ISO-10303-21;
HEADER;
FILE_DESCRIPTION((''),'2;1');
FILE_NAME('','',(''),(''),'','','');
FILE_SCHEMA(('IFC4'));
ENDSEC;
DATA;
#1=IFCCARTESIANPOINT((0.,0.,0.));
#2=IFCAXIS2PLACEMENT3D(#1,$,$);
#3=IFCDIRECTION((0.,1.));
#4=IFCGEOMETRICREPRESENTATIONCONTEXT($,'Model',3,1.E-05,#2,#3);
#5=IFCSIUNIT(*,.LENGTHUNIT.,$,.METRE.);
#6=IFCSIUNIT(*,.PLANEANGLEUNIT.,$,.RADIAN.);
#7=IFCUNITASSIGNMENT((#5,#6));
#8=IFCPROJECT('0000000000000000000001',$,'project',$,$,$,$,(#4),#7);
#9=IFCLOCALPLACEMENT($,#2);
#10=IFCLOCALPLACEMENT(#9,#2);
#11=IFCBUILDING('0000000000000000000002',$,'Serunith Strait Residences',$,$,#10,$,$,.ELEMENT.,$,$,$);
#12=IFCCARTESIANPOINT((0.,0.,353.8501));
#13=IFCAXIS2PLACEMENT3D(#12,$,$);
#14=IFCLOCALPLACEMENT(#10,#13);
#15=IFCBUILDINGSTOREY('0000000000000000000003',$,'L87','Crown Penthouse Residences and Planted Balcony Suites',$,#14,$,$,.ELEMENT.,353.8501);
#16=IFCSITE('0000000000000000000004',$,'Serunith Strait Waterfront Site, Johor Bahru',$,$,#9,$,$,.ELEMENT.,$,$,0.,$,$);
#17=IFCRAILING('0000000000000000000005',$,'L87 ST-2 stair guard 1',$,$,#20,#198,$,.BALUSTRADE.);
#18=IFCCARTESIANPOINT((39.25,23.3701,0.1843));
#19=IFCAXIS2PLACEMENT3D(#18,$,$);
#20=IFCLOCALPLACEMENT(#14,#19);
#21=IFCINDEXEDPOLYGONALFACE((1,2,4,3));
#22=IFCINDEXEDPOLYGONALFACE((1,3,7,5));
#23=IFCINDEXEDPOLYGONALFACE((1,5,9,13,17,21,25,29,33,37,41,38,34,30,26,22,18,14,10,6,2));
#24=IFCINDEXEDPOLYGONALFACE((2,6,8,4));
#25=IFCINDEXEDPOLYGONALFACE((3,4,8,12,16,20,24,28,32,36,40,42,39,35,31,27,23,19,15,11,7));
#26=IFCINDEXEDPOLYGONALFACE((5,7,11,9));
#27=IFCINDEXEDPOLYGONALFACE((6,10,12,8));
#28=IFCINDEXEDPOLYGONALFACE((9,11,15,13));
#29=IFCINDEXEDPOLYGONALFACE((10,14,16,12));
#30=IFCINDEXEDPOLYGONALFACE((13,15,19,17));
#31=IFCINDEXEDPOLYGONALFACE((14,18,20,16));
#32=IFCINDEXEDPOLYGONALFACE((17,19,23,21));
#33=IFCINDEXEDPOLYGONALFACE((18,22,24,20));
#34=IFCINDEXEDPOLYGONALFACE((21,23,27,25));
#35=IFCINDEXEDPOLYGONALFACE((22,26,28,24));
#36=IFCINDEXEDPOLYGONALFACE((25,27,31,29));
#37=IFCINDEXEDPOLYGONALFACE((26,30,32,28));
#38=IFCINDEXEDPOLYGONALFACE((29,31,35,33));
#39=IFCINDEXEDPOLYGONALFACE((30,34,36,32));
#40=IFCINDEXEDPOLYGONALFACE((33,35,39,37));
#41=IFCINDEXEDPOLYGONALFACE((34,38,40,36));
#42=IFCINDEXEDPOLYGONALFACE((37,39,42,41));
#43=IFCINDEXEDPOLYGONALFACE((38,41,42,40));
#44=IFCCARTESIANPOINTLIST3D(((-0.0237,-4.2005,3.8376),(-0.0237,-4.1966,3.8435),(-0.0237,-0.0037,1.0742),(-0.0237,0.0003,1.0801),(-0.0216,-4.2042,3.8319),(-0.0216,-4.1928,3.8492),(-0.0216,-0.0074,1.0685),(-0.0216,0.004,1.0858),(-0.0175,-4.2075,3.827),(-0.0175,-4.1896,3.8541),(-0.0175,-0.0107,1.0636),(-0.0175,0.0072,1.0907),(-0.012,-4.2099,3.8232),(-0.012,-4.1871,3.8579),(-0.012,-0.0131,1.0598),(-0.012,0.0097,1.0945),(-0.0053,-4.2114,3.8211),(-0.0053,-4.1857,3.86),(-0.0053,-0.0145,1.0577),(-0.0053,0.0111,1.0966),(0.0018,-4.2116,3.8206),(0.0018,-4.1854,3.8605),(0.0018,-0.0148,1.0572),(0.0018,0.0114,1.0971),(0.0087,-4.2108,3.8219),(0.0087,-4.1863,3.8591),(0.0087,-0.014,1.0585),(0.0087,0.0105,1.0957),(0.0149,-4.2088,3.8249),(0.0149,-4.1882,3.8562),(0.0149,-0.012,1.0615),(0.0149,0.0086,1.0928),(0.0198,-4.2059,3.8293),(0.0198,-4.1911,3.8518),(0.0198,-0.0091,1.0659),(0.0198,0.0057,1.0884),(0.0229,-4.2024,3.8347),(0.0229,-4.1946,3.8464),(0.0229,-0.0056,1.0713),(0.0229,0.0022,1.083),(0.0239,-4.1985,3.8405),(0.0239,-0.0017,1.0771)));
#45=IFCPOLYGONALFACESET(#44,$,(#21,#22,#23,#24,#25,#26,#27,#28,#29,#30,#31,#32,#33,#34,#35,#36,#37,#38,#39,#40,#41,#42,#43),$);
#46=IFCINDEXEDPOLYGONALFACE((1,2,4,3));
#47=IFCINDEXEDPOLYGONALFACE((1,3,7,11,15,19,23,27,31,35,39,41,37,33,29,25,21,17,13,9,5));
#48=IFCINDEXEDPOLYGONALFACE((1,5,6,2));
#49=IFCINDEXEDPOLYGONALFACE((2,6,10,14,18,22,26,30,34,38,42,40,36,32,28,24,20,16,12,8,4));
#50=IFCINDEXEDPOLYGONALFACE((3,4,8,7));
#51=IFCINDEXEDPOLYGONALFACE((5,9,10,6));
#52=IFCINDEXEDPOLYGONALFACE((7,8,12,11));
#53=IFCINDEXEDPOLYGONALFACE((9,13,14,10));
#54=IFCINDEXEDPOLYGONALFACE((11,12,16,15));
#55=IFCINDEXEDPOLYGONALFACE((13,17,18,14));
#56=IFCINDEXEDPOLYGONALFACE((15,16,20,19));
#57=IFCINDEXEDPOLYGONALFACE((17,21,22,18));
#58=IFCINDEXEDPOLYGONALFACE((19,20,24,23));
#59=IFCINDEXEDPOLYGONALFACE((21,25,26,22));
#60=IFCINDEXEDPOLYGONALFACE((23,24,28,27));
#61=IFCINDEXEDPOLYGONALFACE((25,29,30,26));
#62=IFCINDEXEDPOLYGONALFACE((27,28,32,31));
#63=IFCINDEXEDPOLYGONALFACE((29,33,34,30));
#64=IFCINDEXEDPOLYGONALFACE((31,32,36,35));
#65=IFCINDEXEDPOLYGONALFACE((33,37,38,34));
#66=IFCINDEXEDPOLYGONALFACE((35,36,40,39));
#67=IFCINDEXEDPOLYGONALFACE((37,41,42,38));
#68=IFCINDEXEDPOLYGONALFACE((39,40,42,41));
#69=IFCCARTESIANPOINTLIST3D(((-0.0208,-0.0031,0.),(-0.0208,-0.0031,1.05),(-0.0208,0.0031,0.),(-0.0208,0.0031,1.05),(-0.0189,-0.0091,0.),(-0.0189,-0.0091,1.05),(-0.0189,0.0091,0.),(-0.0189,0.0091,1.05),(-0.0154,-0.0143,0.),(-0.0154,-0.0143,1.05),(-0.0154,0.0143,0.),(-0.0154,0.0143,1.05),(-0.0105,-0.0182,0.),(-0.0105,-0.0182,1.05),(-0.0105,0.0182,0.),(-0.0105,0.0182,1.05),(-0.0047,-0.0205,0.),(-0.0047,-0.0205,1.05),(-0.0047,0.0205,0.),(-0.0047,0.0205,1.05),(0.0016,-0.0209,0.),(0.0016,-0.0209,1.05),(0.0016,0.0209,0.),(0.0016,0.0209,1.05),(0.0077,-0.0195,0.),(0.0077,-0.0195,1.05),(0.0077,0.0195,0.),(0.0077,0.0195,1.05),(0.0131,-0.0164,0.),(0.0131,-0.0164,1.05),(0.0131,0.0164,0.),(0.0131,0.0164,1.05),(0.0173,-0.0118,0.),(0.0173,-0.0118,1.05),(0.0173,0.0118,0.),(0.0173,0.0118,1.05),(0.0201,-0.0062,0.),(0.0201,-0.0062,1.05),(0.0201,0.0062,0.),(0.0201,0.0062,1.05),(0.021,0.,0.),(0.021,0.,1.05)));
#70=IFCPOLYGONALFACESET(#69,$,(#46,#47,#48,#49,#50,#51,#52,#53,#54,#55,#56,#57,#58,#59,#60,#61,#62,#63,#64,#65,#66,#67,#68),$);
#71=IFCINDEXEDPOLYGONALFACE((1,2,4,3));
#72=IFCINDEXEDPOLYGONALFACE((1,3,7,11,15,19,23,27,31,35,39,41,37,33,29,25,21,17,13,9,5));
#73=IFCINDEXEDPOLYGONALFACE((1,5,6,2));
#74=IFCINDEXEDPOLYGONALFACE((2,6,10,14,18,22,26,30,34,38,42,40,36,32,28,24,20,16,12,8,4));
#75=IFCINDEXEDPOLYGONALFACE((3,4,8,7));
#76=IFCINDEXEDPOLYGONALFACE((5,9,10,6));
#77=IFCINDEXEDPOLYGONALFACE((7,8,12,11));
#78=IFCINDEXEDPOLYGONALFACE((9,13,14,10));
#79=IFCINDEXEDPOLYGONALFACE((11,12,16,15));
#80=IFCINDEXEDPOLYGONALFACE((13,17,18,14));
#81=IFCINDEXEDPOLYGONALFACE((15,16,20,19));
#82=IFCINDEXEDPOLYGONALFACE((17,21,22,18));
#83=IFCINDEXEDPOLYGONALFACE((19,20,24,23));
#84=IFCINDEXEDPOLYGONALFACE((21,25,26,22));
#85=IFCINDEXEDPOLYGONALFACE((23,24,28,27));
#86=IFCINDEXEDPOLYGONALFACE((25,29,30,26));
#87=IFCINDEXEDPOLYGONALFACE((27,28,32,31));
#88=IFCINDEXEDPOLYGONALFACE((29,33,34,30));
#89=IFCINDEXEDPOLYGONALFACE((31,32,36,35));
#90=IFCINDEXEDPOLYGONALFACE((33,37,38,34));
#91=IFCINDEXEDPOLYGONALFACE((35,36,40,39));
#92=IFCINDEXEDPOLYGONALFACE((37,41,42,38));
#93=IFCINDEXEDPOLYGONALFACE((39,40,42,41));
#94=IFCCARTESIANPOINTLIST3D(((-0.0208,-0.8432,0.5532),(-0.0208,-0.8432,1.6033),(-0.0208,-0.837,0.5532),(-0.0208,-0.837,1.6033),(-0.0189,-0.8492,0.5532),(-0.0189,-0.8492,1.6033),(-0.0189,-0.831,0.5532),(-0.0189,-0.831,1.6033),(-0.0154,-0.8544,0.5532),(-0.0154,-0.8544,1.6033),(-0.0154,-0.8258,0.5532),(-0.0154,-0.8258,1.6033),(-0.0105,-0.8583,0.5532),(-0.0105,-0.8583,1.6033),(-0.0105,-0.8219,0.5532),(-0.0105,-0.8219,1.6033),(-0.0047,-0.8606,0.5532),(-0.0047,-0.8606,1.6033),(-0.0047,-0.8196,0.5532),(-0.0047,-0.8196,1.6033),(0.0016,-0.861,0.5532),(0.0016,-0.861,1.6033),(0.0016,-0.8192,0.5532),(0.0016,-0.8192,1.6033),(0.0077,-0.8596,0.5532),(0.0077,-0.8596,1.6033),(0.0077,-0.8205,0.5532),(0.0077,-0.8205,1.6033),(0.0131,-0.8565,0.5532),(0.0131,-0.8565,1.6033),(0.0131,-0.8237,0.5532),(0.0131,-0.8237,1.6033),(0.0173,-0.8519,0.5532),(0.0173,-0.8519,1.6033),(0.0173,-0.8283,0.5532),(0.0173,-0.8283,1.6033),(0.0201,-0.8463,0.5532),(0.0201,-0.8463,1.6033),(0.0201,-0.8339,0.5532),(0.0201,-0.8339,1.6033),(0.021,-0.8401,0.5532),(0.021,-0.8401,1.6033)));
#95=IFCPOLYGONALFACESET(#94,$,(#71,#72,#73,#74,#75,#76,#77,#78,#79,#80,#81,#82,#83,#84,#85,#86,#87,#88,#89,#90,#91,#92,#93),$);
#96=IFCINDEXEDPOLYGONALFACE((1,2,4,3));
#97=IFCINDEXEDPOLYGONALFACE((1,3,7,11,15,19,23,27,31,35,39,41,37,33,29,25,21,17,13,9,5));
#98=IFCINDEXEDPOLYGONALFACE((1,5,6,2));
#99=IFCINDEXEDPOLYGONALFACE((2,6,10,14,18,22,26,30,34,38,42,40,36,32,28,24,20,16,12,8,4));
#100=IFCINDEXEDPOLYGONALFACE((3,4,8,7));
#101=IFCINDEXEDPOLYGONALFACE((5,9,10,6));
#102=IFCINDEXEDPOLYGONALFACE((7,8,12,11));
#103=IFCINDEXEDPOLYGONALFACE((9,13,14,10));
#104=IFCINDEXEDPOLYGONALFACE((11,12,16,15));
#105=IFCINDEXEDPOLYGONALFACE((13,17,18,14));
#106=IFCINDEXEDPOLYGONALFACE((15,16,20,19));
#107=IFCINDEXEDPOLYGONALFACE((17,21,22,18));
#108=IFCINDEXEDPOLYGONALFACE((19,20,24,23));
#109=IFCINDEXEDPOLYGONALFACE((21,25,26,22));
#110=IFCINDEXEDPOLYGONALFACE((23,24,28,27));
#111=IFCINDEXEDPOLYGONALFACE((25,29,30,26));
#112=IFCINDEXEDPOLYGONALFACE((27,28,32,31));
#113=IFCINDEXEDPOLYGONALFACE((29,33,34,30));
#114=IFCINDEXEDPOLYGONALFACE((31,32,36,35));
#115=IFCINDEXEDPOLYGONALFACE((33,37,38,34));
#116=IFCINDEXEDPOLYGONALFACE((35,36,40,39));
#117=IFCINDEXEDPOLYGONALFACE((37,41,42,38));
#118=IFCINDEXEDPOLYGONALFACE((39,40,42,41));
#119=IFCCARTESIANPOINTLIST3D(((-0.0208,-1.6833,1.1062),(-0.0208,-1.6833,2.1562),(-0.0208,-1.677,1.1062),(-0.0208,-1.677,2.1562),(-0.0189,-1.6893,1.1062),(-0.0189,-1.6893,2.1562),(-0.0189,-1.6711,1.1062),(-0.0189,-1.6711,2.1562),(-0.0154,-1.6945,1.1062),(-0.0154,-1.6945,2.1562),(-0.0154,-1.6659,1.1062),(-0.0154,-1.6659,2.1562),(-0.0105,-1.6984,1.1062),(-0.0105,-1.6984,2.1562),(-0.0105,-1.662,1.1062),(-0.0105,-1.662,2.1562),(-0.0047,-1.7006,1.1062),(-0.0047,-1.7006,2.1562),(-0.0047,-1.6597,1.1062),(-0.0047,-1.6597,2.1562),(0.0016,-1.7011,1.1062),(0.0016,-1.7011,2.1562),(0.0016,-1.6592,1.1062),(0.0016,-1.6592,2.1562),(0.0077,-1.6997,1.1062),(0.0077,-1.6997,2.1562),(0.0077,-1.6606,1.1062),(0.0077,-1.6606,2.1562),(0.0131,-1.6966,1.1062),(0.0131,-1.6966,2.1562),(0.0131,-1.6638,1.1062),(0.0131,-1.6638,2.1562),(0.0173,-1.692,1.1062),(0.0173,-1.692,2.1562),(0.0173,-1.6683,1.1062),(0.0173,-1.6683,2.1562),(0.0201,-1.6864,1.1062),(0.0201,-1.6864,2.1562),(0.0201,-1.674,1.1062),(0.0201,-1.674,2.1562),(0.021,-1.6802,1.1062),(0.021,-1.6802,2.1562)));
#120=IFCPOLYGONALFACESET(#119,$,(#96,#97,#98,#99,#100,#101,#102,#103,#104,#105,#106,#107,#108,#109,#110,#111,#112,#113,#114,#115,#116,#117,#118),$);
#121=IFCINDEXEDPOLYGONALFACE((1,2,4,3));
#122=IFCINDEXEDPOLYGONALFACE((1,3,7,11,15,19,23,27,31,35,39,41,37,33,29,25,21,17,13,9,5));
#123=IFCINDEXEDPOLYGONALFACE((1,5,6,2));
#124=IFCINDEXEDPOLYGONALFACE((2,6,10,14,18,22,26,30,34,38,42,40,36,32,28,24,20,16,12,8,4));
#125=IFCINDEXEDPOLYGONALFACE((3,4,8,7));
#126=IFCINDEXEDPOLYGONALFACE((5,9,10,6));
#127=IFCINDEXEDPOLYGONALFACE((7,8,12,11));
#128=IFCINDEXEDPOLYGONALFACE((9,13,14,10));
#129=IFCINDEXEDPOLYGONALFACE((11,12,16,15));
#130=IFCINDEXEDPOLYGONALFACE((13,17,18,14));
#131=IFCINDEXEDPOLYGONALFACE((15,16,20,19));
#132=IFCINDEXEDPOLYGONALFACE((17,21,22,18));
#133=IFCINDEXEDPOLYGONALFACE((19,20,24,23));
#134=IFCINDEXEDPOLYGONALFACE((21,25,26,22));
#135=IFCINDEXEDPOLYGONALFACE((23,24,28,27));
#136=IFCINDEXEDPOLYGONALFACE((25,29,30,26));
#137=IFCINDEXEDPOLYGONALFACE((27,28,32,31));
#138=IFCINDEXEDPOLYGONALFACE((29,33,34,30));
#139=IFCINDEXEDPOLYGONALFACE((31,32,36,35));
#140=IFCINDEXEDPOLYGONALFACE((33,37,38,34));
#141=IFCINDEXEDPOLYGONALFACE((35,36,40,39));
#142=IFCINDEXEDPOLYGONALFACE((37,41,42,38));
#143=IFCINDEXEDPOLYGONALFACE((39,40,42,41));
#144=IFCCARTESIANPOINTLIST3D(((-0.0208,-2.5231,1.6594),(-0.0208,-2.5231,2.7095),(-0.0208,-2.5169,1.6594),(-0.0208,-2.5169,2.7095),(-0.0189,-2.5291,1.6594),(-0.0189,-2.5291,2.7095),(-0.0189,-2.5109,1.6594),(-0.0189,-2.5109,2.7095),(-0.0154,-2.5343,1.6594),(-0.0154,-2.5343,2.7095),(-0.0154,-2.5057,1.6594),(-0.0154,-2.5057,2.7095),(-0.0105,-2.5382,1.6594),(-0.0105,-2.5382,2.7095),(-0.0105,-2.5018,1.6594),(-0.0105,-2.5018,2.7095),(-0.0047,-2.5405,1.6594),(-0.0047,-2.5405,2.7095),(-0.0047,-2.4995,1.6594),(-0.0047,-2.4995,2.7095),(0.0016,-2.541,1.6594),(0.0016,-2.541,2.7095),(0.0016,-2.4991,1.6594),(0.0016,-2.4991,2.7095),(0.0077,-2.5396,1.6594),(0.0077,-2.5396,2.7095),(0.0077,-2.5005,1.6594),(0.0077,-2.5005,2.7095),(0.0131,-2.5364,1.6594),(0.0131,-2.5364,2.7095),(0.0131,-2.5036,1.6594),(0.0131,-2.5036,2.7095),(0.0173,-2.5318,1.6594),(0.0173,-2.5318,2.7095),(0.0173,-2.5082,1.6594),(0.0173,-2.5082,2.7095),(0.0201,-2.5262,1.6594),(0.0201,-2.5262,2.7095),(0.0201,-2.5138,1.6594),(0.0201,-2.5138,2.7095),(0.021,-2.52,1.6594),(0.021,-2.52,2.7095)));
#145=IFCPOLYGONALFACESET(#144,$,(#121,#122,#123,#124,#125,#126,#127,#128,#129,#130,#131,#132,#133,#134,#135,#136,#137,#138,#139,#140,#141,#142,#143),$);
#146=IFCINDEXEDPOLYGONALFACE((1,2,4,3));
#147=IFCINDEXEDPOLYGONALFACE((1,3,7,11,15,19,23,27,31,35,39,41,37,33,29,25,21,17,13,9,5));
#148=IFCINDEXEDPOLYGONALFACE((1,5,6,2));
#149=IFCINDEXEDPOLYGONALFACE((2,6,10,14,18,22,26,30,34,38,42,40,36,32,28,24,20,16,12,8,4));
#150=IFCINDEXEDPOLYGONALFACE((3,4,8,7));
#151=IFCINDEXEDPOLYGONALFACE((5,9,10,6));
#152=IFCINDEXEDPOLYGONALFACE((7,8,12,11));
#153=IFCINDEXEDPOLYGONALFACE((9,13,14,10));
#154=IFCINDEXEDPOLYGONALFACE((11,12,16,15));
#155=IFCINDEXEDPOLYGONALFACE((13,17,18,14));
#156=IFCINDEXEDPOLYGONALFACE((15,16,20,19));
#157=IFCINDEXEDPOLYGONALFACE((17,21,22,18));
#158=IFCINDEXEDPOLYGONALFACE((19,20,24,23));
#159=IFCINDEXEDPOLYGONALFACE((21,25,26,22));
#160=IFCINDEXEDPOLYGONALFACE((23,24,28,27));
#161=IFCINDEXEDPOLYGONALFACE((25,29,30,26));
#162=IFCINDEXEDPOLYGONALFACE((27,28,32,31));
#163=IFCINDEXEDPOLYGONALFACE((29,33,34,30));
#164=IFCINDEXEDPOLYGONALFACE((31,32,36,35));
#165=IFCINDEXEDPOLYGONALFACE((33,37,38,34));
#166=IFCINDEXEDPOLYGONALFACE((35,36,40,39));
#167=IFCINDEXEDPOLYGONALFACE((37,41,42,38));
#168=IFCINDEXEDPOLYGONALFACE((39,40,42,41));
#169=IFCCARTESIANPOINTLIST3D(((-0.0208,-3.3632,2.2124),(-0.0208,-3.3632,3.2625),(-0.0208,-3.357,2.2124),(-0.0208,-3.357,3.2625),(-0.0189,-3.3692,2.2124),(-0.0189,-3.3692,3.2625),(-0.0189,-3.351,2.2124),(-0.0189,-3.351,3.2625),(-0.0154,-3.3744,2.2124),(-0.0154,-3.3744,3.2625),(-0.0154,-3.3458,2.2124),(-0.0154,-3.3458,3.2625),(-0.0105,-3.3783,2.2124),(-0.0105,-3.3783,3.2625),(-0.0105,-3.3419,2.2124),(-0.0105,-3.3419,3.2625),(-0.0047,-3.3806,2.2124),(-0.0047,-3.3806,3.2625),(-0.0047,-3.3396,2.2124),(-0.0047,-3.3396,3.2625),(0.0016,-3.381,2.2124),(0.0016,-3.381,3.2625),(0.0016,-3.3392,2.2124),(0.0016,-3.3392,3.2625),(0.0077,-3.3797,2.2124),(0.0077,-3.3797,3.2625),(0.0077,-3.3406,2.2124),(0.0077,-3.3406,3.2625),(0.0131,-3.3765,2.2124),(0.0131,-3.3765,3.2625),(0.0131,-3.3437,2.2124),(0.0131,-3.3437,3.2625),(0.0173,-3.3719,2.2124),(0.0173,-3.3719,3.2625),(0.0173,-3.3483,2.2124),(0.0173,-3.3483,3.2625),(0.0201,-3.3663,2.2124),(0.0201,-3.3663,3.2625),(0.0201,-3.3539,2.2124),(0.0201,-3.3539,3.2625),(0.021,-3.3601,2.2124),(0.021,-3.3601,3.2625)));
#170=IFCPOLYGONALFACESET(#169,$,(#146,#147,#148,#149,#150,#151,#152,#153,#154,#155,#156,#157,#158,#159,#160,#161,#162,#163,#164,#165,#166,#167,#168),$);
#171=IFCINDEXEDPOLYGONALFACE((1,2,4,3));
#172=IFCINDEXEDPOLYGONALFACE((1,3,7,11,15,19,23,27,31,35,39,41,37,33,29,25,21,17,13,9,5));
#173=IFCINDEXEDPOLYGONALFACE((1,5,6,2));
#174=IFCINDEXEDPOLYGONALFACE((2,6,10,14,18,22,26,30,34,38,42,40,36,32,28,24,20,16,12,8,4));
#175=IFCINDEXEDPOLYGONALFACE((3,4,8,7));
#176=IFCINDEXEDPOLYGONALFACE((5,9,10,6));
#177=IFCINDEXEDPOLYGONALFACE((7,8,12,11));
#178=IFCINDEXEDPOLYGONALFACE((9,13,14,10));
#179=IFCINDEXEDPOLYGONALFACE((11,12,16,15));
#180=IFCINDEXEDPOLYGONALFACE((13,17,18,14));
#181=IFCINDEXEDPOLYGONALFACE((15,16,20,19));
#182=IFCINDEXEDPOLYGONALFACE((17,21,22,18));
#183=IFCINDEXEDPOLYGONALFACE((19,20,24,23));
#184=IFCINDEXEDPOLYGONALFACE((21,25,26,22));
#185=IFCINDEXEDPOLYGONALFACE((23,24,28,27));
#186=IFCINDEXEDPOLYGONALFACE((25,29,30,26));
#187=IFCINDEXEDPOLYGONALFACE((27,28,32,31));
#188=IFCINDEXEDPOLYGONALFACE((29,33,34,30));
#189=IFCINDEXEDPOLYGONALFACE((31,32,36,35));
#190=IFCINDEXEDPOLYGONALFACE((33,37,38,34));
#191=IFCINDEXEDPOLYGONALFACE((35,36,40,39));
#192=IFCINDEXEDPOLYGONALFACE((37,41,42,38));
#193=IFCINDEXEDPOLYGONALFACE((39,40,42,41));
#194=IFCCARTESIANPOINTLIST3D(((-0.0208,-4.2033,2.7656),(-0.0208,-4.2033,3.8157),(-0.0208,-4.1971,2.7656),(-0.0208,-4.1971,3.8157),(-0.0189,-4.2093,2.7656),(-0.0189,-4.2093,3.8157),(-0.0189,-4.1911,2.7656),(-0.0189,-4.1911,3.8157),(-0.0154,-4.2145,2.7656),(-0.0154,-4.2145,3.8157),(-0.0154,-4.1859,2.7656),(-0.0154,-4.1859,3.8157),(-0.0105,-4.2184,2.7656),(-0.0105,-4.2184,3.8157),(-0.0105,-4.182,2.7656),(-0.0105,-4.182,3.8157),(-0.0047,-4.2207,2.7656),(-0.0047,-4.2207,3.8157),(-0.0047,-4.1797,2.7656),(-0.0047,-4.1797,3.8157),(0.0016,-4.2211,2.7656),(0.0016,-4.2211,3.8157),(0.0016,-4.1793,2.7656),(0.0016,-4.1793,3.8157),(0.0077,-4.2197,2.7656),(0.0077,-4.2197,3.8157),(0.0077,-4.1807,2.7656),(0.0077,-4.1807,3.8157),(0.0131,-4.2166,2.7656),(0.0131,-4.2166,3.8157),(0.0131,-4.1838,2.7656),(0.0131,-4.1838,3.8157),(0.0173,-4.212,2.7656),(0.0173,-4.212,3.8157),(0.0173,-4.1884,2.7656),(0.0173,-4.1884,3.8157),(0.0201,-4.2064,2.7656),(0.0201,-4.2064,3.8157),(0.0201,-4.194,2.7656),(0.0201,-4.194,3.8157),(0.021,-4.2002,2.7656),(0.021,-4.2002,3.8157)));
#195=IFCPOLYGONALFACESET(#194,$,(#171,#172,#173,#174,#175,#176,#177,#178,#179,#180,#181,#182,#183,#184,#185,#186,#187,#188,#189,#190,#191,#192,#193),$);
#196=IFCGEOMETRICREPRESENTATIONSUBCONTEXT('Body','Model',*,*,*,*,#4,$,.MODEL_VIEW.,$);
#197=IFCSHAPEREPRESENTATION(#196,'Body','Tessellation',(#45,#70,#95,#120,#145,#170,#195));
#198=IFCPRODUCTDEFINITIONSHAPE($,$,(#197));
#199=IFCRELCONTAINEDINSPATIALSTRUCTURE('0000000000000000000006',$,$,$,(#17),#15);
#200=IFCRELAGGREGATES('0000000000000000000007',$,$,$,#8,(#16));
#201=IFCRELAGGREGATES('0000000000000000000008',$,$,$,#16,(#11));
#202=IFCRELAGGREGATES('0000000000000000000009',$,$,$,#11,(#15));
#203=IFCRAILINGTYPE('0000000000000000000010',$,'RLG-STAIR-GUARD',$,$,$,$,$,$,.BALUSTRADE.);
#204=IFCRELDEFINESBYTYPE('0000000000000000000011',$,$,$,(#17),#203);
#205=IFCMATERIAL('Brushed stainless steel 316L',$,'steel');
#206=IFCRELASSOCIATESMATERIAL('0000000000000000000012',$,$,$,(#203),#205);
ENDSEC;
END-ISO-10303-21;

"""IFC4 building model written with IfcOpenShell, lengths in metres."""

from ifc_helpers import new_model, si_unit, direction, frame, origin, origin_2d, place, context, subcontext, project, spatial, circle, extrude, material, type_object, element, save


model = new_model("IFC4")

# Units and contexts
model_context = context("Model", 3, precision=1e-05, world=origin(), true_north=direction((0.0, 1.0)))
body_context = subcontext(model_context, "Body", "Model", "MODEL_VIEW")
ifc_project = project(units=[si_unit("LENGTHUNIT", "METRE"), si_unit("PLANEANGLEUNIT", "RADIAN")], contexts=[model_context])

# Site, building, storey
site_placement = place(None, origin())
site = spatial("IfcSite", under=ifc_project, at=site_placement, Name="Serunith Strait Waterfront Site, Johor Bahru", CompositionType="ELEMENT", RefElevation=0.0)
building_placement = place(site_placement, origin())
building = spatial("IfcBuilding", under=site, at=building_placement, Name="Serunith Strait Residences", CompositionType="ELEMENT")
storey_placement = place(building_placement, frame((0.0, 0.0, 353.8501)))
storey = spatial("IfcBuildingStorey", under=building, at=storey_placement, Name="L87", Description="Crown Penthouse Residences and Planted Balcony Suites", CompositionType="ELEMENT", Elevation=353.8501)

# Railing
ifc_material_1 = material(Name="Brushed stainless steel 316L", Category="steel")
railing_type_1 = type_object("IfcRailingType", Name="RLG-STAIR-GUARD", PredefinedType="BALUSTRADE", material=ifc_material_1)
railing_1_placement = place(storey_placement, frame((39.25, 23.3701, 0.1843)))
element("IfcRailing", 1, at=railing_1_placement, inside=storey, type_object=railing_type_1, Name="L87 ST-2 stair guard 1", PredefinedType="BALUSTRADE", context=body_context, shape_type="SweptSolid", body=[
    extrude(circle(Radius=0.0239, at=origin_2d()), frame((0.0, -0.0017, 1.0771), z_axis=(0.0, -0.835203, 0.549941), x_axis=(1.0, 0.0, 0.0)), (0.0, 0.0, 1.0), 5.0249),
    extrude(circle(Radius=0.021, at=origin_2d()), origin(), (0.0, 0.0, 1.0), 1.05),
    extrude(circle(Radius=0.021, at=origin_2d()), frame((0.0, -0.8401, 0.5532)), (0.0, 0.0, 1.0), 1.05),
    extrude(circle(Radius=0.021, at=origin_2d()), frame((0.0, -1.6802, 1.1062)), (0.0, 0.0, 1.0), 1.05),
    extrude(circle(Radius=0.021, at=origin_2d()), frame((0.0, -2.52, 1.6594)), (0.0, 0.0, 1.0), 1.05),
    extrude(circle(Radius=0.021, at=origin_2d()), frame((0.0, -3.3601, 2.2124)), (0.0, 0.0, 1.0), 1.05),
    extrude(circle(Radius=0.021, at=origin_2d()), frame((0.0, -4.2002, 2.7656)), (0.0, 0.0, 1.0), 1.05),
])

save(model, "model.ifc")
